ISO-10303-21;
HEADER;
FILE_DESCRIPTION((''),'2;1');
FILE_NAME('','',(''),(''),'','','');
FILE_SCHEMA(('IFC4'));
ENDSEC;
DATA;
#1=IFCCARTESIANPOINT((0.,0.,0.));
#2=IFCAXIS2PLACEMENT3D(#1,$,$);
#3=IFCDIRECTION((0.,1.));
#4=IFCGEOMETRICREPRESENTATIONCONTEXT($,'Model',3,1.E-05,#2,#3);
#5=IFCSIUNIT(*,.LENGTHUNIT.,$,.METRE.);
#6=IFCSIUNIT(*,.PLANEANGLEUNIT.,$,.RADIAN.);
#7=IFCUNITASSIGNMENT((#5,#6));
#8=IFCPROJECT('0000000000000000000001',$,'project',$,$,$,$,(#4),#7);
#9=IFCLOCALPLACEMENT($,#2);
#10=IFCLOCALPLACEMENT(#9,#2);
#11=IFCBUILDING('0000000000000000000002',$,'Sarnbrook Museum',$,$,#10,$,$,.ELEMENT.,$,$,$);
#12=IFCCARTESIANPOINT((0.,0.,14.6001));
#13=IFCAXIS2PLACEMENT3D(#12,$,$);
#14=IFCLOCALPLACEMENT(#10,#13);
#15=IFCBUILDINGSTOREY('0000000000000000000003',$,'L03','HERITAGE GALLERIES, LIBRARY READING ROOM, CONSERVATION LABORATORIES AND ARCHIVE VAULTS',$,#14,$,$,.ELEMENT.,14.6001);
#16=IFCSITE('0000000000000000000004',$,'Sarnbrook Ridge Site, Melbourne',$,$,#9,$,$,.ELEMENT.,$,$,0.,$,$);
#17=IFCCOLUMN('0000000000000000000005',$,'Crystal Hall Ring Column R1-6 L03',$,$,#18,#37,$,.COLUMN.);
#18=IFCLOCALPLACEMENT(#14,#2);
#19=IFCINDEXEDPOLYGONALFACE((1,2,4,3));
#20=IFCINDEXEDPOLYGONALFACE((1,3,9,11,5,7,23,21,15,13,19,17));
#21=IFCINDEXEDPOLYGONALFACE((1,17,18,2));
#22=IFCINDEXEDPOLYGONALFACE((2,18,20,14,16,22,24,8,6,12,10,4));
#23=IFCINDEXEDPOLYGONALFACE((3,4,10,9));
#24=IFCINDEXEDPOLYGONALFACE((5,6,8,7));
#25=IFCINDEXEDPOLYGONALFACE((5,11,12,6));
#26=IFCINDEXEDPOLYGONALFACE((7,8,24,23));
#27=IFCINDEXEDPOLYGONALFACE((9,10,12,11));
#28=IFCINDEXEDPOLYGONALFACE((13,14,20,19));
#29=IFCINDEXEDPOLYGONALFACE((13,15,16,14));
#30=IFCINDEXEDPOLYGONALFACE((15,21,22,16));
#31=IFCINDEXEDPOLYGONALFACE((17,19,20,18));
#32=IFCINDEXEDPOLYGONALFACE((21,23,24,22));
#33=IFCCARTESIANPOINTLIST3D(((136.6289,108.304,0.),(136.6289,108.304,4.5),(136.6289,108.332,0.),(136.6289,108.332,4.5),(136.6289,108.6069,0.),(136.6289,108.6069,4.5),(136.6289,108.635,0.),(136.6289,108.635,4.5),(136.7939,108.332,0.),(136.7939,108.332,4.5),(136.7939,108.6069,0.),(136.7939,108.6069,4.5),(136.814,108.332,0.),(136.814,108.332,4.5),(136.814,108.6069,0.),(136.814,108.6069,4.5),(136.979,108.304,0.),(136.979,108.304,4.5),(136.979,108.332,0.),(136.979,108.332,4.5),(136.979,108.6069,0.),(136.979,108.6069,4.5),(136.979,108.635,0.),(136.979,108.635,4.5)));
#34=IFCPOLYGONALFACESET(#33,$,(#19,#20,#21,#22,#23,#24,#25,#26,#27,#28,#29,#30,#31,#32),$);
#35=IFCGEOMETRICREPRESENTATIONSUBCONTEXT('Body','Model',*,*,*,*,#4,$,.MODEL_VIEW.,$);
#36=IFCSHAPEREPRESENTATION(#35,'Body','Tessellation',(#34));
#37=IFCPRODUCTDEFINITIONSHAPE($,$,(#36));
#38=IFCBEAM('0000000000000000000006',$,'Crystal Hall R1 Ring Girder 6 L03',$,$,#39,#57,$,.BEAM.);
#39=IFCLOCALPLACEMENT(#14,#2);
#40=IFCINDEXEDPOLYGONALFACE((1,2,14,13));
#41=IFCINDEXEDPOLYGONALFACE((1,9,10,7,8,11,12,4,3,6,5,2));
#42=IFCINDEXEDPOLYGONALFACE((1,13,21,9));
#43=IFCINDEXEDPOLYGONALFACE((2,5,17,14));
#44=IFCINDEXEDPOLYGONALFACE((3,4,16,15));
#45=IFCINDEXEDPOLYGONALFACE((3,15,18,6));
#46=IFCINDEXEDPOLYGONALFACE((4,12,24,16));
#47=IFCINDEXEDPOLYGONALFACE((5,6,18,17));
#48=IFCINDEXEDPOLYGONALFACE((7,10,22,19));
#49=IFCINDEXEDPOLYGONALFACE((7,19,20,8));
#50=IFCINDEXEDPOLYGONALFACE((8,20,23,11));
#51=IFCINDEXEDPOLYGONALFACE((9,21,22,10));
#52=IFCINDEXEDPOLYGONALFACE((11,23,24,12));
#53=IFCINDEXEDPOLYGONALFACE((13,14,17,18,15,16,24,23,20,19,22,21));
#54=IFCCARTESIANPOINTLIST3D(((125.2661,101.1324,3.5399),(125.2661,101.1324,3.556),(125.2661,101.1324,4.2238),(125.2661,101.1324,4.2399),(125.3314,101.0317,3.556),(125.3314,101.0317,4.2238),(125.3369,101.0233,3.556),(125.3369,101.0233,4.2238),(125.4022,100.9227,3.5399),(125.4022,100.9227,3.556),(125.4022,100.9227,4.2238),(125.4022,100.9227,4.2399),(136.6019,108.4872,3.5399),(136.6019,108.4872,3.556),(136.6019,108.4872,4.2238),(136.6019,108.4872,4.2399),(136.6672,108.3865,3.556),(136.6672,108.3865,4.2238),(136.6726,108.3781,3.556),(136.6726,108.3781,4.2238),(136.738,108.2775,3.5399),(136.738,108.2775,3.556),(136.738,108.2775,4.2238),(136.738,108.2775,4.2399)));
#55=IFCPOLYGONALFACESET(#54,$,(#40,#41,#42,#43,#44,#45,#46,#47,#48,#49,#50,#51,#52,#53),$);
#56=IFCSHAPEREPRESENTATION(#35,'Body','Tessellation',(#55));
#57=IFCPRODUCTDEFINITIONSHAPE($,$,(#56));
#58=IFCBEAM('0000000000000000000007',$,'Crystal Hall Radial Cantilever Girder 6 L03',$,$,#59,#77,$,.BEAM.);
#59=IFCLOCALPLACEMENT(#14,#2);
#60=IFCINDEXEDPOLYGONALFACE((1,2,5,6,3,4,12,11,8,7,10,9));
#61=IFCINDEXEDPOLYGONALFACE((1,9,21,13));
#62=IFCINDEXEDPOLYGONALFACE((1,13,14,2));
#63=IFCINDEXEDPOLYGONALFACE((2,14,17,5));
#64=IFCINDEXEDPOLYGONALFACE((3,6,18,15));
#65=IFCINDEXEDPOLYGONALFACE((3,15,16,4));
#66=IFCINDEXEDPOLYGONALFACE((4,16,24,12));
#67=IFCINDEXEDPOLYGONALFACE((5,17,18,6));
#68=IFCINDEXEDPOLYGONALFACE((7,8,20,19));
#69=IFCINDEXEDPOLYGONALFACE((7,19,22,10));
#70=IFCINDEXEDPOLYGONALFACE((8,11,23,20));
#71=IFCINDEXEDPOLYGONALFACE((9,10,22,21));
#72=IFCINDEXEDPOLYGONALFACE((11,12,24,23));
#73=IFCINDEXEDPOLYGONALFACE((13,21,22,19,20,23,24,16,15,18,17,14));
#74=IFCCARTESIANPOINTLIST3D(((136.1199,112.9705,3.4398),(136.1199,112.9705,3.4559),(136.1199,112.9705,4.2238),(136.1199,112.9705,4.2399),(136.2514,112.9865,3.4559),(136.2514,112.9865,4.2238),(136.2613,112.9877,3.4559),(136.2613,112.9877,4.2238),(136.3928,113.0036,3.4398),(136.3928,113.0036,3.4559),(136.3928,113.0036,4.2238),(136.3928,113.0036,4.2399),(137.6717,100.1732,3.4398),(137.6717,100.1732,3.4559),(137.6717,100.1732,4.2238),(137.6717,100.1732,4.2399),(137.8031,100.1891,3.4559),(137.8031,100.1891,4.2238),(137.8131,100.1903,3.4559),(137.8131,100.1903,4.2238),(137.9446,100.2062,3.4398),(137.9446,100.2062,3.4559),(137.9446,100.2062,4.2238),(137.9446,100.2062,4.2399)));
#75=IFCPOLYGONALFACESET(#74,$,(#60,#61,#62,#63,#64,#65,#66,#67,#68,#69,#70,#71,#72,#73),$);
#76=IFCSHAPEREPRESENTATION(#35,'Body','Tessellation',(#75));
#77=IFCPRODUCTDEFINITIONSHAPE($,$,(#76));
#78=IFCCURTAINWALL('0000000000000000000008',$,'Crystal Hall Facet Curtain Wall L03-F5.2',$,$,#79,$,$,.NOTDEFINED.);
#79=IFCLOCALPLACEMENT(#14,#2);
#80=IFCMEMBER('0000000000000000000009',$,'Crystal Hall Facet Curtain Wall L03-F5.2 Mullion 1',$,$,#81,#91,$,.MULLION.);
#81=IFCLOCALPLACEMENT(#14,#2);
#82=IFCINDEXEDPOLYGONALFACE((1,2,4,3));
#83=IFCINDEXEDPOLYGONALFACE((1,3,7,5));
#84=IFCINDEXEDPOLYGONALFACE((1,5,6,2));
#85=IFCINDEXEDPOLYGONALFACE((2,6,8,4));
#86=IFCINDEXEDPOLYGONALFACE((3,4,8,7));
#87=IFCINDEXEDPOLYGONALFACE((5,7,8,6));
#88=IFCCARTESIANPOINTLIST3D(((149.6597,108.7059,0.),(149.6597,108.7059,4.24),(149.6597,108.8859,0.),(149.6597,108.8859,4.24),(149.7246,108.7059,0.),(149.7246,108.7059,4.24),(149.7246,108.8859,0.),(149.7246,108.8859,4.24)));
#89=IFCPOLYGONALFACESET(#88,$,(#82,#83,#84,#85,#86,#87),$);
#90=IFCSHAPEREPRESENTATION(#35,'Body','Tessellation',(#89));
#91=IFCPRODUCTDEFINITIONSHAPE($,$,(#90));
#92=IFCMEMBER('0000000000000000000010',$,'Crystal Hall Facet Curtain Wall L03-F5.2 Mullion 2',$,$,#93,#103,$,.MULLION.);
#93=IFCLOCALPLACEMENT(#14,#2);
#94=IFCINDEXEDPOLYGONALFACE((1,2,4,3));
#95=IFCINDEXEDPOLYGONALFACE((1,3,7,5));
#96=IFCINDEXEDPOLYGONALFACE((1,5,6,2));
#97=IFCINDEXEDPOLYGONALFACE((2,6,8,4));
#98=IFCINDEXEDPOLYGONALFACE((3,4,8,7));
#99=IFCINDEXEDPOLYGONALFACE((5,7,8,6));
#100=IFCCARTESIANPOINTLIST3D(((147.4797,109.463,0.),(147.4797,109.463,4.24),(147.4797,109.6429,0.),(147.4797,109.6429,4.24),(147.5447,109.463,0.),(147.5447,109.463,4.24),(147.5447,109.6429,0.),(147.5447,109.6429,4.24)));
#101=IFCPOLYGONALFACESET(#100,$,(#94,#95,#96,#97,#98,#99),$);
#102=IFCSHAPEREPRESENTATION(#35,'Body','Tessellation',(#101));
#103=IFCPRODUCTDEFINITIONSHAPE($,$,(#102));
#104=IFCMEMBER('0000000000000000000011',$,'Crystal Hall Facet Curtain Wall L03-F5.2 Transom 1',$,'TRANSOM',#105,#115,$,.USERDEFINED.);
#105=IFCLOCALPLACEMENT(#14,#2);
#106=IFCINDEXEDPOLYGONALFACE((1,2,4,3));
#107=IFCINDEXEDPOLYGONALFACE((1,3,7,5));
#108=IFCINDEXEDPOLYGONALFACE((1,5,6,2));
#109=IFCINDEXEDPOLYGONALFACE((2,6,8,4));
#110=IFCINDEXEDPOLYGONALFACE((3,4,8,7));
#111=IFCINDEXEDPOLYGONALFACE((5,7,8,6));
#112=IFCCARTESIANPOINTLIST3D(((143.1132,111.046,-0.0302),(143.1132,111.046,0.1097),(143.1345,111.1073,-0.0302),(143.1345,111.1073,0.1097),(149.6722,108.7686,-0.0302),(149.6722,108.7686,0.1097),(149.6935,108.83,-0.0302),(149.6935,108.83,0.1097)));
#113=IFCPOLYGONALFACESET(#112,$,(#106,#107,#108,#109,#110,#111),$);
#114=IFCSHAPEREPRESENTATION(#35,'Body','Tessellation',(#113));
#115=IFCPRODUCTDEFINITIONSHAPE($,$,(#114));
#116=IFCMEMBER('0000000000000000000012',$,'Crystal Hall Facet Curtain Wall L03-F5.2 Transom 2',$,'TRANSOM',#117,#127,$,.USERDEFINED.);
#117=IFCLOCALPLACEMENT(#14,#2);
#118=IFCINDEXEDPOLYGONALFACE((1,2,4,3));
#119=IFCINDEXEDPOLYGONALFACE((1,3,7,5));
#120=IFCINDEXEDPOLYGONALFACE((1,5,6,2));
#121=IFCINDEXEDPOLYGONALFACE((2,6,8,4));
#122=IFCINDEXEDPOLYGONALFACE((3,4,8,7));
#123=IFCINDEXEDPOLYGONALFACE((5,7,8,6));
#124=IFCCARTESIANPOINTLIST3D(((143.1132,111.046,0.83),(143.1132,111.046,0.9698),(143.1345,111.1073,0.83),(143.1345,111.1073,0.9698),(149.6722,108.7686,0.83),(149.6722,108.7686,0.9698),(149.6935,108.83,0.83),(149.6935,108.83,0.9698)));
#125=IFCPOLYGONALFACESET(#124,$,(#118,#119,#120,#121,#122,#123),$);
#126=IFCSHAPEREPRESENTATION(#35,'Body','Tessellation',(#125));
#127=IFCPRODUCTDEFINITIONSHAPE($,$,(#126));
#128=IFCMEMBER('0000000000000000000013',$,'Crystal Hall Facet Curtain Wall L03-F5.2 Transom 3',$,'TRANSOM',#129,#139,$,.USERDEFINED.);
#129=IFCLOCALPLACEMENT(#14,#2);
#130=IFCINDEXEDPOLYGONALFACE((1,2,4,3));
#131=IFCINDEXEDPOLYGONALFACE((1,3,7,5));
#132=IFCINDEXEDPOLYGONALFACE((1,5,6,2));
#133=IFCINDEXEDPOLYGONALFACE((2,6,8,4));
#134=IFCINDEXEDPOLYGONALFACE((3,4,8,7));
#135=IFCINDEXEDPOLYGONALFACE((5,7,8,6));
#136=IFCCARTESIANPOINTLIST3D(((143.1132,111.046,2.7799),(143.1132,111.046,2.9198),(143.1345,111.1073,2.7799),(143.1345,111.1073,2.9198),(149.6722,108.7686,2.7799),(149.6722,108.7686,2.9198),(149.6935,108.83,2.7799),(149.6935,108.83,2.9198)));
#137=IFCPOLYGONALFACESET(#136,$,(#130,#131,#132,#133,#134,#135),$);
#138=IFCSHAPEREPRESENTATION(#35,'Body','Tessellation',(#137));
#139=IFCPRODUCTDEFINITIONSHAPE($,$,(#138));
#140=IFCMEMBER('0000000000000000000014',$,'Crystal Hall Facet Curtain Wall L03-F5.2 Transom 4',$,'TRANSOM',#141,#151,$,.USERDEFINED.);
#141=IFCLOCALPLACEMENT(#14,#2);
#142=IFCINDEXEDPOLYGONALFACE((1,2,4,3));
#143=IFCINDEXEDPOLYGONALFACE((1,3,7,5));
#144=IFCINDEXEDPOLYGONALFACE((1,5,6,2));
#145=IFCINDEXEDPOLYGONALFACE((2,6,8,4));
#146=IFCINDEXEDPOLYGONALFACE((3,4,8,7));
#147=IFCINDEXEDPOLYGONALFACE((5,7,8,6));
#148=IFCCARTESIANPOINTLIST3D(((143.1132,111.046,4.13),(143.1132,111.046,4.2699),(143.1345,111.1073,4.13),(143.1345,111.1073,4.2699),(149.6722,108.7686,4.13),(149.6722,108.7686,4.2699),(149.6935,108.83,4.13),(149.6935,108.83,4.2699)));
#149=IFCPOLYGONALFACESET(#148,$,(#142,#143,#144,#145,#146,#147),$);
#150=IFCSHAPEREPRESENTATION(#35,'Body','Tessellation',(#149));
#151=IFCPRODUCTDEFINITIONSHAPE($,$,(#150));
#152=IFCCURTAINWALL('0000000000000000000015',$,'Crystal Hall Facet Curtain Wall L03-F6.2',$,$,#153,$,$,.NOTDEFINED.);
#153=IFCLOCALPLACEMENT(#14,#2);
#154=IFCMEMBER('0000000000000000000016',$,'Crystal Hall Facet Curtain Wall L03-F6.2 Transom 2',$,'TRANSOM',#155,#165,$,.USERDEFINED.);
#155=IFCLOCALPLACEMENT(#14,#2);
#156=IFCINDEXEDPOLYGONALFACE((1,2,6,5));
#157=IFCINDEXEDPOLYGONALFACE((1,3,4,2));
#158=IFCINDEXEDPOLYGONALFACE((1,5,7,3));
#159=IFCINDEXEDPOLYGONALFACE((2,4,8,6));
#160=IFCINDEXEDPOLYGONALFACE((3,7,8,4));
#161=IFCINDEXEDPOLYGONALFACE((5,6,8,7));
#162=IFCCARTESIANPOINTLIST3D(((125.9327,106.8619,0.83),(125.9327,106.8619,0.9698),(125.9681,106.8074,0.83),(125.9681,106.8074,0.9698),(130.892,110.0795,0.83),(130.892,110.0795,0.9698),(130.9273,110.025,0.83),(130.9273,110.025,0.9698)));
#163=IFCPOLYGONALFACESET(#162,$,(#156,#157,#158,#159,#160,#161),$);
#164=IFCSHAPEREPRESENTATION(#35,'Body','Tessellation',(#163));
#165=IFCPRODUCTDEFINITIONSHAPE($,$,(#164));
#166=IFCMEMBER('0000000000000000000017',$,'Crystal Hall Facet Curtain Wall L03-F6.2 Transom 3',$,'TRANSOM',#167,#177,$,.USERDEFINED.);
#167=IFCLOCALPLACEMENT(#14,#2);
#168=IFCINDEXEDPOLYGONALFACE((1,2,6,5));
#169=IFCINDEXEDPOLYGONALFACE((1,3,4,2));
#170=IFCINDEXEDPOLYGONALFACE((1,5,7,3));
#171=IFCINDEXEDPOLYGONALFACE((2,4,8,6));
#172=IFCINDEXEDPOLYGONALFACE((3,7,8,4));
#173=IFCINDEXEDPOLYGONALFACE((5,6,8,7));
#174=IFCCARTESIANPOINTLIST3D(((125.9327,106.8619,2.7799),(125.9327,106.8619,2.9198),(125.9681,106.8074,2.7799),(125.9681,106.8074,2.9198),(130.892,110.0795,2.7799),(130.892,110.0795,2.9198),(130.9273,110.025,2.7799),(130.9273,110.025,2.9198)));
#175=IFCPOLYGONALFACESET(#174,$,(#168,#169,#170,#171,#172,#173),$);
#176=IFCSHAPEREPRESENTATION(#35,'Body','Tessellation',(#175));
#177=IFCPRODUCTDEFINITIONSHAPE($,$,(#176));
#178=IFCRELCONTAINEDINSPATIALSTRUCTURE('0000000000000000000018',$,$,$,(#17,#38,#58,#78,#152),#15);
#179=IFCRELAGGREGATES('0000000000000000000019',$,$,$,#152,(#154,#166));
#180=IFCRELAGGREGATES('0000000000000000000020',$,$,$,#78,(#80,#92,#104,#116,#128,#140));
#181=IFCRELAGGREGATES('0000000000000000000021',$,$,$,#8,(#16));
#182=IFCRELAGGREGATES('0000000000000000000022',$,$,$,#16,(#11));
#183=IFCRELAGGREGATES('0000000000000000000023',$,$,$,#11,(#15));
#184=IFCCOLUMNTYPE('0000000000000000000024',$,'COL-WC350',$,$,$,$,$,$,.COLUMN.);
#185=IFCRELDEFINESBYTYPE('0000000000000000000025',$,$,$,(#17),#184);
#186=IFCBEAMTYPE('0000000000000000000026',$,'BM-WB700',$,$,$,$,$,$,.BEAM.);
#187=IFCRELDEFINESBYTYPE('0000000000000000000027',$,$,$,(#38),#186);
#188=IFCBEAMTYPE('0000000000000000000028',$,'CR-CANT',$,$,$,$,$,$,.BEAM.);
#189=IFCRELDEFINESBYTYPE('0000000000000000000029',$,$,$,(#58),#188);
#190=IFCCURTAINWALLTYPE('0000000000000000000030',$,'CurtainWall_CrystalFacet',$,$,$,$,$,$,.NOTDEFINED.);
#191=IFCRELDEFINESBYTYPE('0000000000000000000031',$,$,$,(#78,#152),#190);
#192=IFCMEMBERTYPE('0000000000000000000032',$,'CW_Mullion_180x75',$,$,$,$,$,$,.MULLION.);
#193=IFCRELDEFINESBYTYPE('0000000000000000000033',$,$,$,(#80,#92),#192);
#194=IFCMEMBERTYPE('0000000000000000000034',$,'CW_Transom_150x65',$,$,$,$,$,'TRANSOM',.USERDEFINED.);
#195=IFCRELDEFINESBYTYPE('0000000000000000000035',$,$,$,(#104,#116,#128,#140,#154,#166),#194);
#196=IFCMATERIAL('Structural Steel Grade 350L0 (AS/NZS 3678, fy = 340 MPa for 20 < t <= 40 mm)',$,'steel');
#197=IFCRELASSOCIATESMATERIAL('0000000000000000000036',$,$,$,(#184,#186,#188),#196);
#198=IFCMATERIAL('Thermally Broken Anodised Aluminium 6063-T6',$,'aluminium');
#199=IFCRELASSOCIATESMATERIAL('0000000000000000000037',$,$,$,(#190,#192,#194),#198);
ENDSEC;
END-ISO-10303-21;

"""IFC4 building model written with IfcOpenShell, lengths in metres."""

from ifc_helpers import new_model, si_unit, direction, frame, origin, origin_2d, place, context, subcontext, project, spatial, rectangle, i_section, extrude, material, material_profile, profile_set, type_object, element, aggregate, save


model = new_model("IFC4")

# Units and contexts
model_context = context("Model", 3, precision=1e-05, world=origin(), true_north=direction((0.0, 1.0)))
body_context = subcontext(model_context, "Body", "Model", "MODEL_VIEW")
ifc_project = project(units=[si_unit("LENGTHUNIT", "METRE"), si_unit("PLANEANGLEUNIT", "RADIAN")], contexts=[model_context])

# Site, building, storey
site_placement = place(None, origin())
site = spatial("IfcSite", under=ifc_project, at=site_placement, Name="Sarnbrook Ridge Site, Melbourne", CompositionType="ELEMENT", RefElevation=0.0)
building_placement = place(site_placement, origin())
building = spatial("IfcBuilding", under=site, at=building_placement, Name="Sarnbrook Museum", CompositionType="ELEMENT")
storey_placement = place(building_placement, frame((0.0, 0.0, 14.6001)))
storey = spatial("IfcBuildingStorey", under=building, at=storey_placement, Name="L03", Description="HERITAGE GALLERIES, LIBRARY READING ROOM, CONSERVATION LABORATORIES AND ARCHIVE VAULTS", CompositionType="ELEMENT", Elevation=14.6001)

# Column
ifc_material_1 = material(Name="Structural Steel Grade 350L0 (AS/NZS 3678, fy = 340 MPa for 20 < t <= 40 mm)", Category="steel")
ifc_material_profile_1 = material_profile(ifc_material_1, i_section(OverallWidth=0.3501, OverallDepth=0.3311, WebThickness=0.02, FlangeThickness=0.0281, at=origin_2d()), Name="350WC197")
ifc_profile_set_1 = profile_set([ifc_material_profile_1], Name="Structural Steel Grade 350L0 (AS/NZS 3678, fy = 340 MPa for 20 < t <= 40 mm)")
column_type = type_object("IfcColumnType", Name="COL-WC350", PredefinedType="COLUMN", material=ifc_profile_set_1)
column_placement = place(storey_placement, frame((136.804, 108.4695, 0.0), z_axis=(0.0, 0.0, 1.0), x_axis=(1.0, 0.0, 0.0)))
element("IfcColumn", 1, at=column_placement, inside=storey, type_object=column_type, Name="Crystal Hall Ring Column R1-6 L03", PredefinedType="COLUMN", context=body_context, shape_type="SweptSolid", body=[
    extrude(i_section(OverallWidth=0.3501, OverallDepth=0.3311, WebThickness=0.02, FlangeThickness=0.0281, at=origin_2d()), origin(), (0.0, 0.0, 1.0), 4.5),
])

# Beams
ifc_material_profile_2 = material_profile(ifc_material_1, i_section(OverallWidth=0.25, OverallDepth=0.7, WebThickness=0.01, FlangeThickness=0.0161, at=origin_2d()), Name="700WB130")
ifc_profile_set_2 = profile_set([ifc_material_profile_2], Name="Structural Steel Grade 350L0 (AS/NZS 3678, fy = 340 MPa for 20 < t <= 40 mm)")
beam_type_1 = type_object("IfcBeamType", Name="BM-WB700", PredefinedType="BEAM", material=ifc_profile_set_2)
beam_1_placement = place(storey_placement, frame((136.6699, 108.3823, 3.8899), z_axis=(-0.838899, -0.544288, 0.0), x_axis=(0.544288, -0.838899, 0.0)))
element("IfcBeam", 2, at=beam_1_placement, inside=storey, type_object=beam_type_1, Name="Crystal Hall R1 Ring Girder 6 L03", PredefinedType="BEAM", context=body_context, shape_type="SweptSolid", body=[
    extrude(i_section(OverallWidth=0.25, OverallDepth=0.7, WebThickness=0.01, FlangeThickness=0.0161, at=origin_2d()), origin(), (0.0, 0.0, 1.0), 13.5127),
])
ifc_material_profile_3 = material_profile(ifc_material_1, i_section(OverallWidth=0.2749, OverallDepth=0.8, WebThickness=0.01, FlangeThickness=0.0161, at=origin_2d()), Name="800WB146")
ifc_profile_set_3 = profile_set([ifc_material_profile_3], Name="Structural Steel Grade 350L0 (AS/NZS 3678, fy = 340 MPa for 20 < t <= 40 mm)")
beam_type_2 = type_object("IfcBeamType", Name="CR-CANT", PredefinedType="BEAM", material=ifc_profile_set_3)
beam_2_placement = place(storey_placement, frame((137.8081, 100.1897, 3.8398), z_axis=(-0.120374, 0.992729, 0.0), x_axis=(-0.992729, -0.120374, 0.0)))
element("IfcBeam", 3, at=beam_2_placement, inside=storey, type_object=beam_type_2, Name="Crystal Hall Radial Cantilever Girder 6 L03", PredefinedType="BEAM", context=body_context, shape_type="SweptSolid", body=[
    extrude(i_section(OverallWidth=0.2749, OverallDepth=0.8, WebThickness=0.01, FlangeThickness=0.0161, at=origin_2d()), origin(), (0.0, 0.0, 1.0), 12.8911),
])

# Curtain walls, members
ifc_material_2 = material(Name="Thermally Broken Anodised Aluminium 6063-T6", Category="aluminium")
curtain_wall_type = type_object("IfcCurtainWallType", Name="CurtainWall_CrystalFacet", PredefinedType="NOTDEFINED", material=ifc_material_2)
curtain_wall_1_placement = place(storey_placement, origin())
curtain_wall_1 = element("IfcCurtainWall", 4, at=curtain_wall_1_placement, inside=storey, type_object=curtain_wall_type, Name="Crystal Hall Facet Curtain Wall L03-F5.2", PredefinedType="NOTDEFINED")
ifc_material_profile_4 = material_profile(ifc_material_2, rectangle(XDim=0.0649, YDim=0.1799, at=origin_2d()), Name="ALU MULLION 65x180")
ifc_profile_set_4 = profile_set([ifc_material_profile_4], Name="Thermally Broken Anodised Aluminium 6063-T6")
member_type_1 = type_object("IfcMemberType", Name="CW_Mullion_180x75", PredefinedType="MULLION", material=ifc_profile_set_4)
member_1_placement = place(storey_placement, frame((149.6921, 108.7959, 0.0), z_axis=(0.0, 0.0, 1.0), x_axis=(1.0, 0.0, 0.0)))
member_1 = element("IfcMember", 5, at=member_1_placement, type_object=member_type_1, Name="Crystal Hall Facet Curtain Wall L03-F5.2 Mullion 1", PredefinedType="MULLION", context=body_context, shape_type="SweptSolid", body=[
    extrude(rectangle(XDim=0.0649, YDim=0.1799, at=origin_2d()), origin(), (0.0, 0.0, 1.0), 4.24),
])
member_2_placement = place(storey_placement, frame((147.5122, 109.553, 0.0), z_axis=(0.0, 0.0, 1.0), x_axis=(1.0, 0.0, 0.0)))
member_2 = element("IfcMember", 6, at=member_2_placement, type_object=member_type_1, Name="Crystal Hall Facet Curtain Wall L03-F5.2 Mullion 2", PredefinedType="MULLION", context=body_context, shape_type="SweptSolid", body=[
    extrude(rectangle(XDim=0.0649, YDim=0.1799, at=origin_2d()), origin(), (0.0, 0.0, 1.0), 4.24),
])
ifc_material_profile_5 = material_profile(ifc_material_2, rectangle(XDim=0.0649, YDim=0.1399, at=origin_2d()), Name="ALU TRANSOM 65x140")
ifc_profile_set_5 = profile_set([ifc_material_profile_5], Name="Thermally Broken Anodised Aluminium 6063-T6")
member_type_2 = type_object("IfcMemberType", Name="CW_Transom_150x65", ElementType="TRANSOM", PredefinedType="USERDEFINED", material=ifc_profile_set_5)
member_3_placement = place(storey_placement, frame((149.6829, 108.7993, 0.0398), z_axis=(-0.944679, 0.327997, 0.0), x_axis=(-0.327997, -0.944679, 0.0)))
member_3 = element("IfcMember", 7, at=member_3_placement, type_object=member_type_2, Name="Crystal Hall Facet Curtain Wall L03-F5.2 Transom 1", ObjectType="TRANSOM", PredefinedType="USERDEFINED", context=body_context, shape_type="SweptSolid", body=[
    extrude(rectangle(XDim=0.0649, YDim=0.1399, at=origin_2d()), origin(), (0.0, 0.0, 1.0), 6.9431),
])
member_4_placement = place(storey_placement, frame((149.6829, 108.7993, 0.8999), z_axis=(-0.944679, 0.327997, 0.0), x_axis=(-0.327997, -0.944679, 0.0)))
member_4 = element("IfcMember", 8, at=member_4_placement, type_object=member_type_2, Name="Crystal Hall Facet Curtain Wall L03-F5.2 Transom 2", ObjectType="TRANSOM", PredefinedType="USERDEFINED", context=body_context, shape_type="SweptSolid", body=[
    extrude(rectangle(XDim=0.0649, YDim=0.1399, at=origin_2d()), origin(), (0.0, 0.0, 1.0), 6.9431),
])
member_5_placement = place(storey_placement, frame((149.6829, 108.7993, 2.8499), z_axis=(-0.944679, 0.327997, 0.0), x_axis=(-0.327997, -0.944679, 0.0)))
member_5 = element("IfcMember", 9, at=member_5_placement, type_object=member_type_2, Name="Crystal Hall Facet Curtain Wall L03-F5.2 Transom 3", ObjectType="TRANSOM", PredefinedType="USERDEFINED", context=body_context, shape_type="SweptSolid", body=[
    extrude(rectangle(XDim=0.0649, YDim=0.1399, at=origin_2d()), origin(), (0.0, 0.0, 1.0), 6.9431),
])
member_6_placement = place(storey_placement, frame((149.6829, 108.7993, 4.2), z_axis=(-0.944679, 0.327997, 0.0), x_axis=(-0.327997, -0.944679, 0.0)))
member_6 = element("IfcMember", 10, at=member_6_placement, type_object=member_type_2, Name="Crystal Hall Facet Curtain Wall L03-F5.2 Transom 4", ObjectType="TRANSOM", PredefinedType="USERDEFINED", context=body_context, shape_type="SweptSolid", body=[
    extrude(rectangle(XDim=0.0649, YDim=0.1399, at=origin_2d()), origin(), (0.0, 0.0, 1.0), 6.9431),
])
curtain_wall_2_placement = place(storey_placement, origin())
curtain_wall_2 = element("IfcCurtainWall", 11, at=curtain_wall_2_placement, inside=storey, type_object=curtain_wall_type, Name="Crystal Hall Facet Curtain Wall L03-F6.2", PredefinedType="NOTDEFINED")
member_7_placement = place(storey_placement, frame((130.9097, 110.0522, 0.8999), z_axis=(-0.838905, -0.544278, 0.0), x_axis=(0.544278, -0.838905, 0.0)))
member_7 = element("IfcMember", 12, at=member_7_placement, type_object=member_type_2, Name="Crystal Hall Facet Curtain Wall L03-F6.2 Transom 2", ObjectType="TRANSOM", PredefinedType="USERDEFINED", context=body_context, shape_type="SweptSolid", body=[
    extrude(rectangle(XDim=0.0649, YDim=0.1399, at=origin_2d()), origin(), (0.0, 0.0, 1.0), 5.9116),
])
member_8_placement = place(storey_placement, frame((130.9097, 110.0522, 2.8499), z_axis=(-0.838905, -0.544278, 0.0), x_axis=(0.544278, -0.838905, 0.0)))
member_8 = element("IfcMember", 13, at=member_8_placement, type_object=member_type_2, Name="Crystal Hall Facet Curtain Wall L03-F6.2 Transom 3", ObjectType="TRANSOM", PredefinedType="USERDEFINED", context=body_context, shape_type="SweptSolid", body=[
    extrude(rectangle(XDim=0.0649, YDim=0.1399, at=origin_2d()), origin(), (0.0, 0.0, 1.0), 5.9116),
])
aggregate(curtain_wall_2, [member_7, member_8])

aggregate(curtain_wall_1, [member_1, member_2, member_3, member_4, member_5, member_6])

save(model, "model.ifc")
